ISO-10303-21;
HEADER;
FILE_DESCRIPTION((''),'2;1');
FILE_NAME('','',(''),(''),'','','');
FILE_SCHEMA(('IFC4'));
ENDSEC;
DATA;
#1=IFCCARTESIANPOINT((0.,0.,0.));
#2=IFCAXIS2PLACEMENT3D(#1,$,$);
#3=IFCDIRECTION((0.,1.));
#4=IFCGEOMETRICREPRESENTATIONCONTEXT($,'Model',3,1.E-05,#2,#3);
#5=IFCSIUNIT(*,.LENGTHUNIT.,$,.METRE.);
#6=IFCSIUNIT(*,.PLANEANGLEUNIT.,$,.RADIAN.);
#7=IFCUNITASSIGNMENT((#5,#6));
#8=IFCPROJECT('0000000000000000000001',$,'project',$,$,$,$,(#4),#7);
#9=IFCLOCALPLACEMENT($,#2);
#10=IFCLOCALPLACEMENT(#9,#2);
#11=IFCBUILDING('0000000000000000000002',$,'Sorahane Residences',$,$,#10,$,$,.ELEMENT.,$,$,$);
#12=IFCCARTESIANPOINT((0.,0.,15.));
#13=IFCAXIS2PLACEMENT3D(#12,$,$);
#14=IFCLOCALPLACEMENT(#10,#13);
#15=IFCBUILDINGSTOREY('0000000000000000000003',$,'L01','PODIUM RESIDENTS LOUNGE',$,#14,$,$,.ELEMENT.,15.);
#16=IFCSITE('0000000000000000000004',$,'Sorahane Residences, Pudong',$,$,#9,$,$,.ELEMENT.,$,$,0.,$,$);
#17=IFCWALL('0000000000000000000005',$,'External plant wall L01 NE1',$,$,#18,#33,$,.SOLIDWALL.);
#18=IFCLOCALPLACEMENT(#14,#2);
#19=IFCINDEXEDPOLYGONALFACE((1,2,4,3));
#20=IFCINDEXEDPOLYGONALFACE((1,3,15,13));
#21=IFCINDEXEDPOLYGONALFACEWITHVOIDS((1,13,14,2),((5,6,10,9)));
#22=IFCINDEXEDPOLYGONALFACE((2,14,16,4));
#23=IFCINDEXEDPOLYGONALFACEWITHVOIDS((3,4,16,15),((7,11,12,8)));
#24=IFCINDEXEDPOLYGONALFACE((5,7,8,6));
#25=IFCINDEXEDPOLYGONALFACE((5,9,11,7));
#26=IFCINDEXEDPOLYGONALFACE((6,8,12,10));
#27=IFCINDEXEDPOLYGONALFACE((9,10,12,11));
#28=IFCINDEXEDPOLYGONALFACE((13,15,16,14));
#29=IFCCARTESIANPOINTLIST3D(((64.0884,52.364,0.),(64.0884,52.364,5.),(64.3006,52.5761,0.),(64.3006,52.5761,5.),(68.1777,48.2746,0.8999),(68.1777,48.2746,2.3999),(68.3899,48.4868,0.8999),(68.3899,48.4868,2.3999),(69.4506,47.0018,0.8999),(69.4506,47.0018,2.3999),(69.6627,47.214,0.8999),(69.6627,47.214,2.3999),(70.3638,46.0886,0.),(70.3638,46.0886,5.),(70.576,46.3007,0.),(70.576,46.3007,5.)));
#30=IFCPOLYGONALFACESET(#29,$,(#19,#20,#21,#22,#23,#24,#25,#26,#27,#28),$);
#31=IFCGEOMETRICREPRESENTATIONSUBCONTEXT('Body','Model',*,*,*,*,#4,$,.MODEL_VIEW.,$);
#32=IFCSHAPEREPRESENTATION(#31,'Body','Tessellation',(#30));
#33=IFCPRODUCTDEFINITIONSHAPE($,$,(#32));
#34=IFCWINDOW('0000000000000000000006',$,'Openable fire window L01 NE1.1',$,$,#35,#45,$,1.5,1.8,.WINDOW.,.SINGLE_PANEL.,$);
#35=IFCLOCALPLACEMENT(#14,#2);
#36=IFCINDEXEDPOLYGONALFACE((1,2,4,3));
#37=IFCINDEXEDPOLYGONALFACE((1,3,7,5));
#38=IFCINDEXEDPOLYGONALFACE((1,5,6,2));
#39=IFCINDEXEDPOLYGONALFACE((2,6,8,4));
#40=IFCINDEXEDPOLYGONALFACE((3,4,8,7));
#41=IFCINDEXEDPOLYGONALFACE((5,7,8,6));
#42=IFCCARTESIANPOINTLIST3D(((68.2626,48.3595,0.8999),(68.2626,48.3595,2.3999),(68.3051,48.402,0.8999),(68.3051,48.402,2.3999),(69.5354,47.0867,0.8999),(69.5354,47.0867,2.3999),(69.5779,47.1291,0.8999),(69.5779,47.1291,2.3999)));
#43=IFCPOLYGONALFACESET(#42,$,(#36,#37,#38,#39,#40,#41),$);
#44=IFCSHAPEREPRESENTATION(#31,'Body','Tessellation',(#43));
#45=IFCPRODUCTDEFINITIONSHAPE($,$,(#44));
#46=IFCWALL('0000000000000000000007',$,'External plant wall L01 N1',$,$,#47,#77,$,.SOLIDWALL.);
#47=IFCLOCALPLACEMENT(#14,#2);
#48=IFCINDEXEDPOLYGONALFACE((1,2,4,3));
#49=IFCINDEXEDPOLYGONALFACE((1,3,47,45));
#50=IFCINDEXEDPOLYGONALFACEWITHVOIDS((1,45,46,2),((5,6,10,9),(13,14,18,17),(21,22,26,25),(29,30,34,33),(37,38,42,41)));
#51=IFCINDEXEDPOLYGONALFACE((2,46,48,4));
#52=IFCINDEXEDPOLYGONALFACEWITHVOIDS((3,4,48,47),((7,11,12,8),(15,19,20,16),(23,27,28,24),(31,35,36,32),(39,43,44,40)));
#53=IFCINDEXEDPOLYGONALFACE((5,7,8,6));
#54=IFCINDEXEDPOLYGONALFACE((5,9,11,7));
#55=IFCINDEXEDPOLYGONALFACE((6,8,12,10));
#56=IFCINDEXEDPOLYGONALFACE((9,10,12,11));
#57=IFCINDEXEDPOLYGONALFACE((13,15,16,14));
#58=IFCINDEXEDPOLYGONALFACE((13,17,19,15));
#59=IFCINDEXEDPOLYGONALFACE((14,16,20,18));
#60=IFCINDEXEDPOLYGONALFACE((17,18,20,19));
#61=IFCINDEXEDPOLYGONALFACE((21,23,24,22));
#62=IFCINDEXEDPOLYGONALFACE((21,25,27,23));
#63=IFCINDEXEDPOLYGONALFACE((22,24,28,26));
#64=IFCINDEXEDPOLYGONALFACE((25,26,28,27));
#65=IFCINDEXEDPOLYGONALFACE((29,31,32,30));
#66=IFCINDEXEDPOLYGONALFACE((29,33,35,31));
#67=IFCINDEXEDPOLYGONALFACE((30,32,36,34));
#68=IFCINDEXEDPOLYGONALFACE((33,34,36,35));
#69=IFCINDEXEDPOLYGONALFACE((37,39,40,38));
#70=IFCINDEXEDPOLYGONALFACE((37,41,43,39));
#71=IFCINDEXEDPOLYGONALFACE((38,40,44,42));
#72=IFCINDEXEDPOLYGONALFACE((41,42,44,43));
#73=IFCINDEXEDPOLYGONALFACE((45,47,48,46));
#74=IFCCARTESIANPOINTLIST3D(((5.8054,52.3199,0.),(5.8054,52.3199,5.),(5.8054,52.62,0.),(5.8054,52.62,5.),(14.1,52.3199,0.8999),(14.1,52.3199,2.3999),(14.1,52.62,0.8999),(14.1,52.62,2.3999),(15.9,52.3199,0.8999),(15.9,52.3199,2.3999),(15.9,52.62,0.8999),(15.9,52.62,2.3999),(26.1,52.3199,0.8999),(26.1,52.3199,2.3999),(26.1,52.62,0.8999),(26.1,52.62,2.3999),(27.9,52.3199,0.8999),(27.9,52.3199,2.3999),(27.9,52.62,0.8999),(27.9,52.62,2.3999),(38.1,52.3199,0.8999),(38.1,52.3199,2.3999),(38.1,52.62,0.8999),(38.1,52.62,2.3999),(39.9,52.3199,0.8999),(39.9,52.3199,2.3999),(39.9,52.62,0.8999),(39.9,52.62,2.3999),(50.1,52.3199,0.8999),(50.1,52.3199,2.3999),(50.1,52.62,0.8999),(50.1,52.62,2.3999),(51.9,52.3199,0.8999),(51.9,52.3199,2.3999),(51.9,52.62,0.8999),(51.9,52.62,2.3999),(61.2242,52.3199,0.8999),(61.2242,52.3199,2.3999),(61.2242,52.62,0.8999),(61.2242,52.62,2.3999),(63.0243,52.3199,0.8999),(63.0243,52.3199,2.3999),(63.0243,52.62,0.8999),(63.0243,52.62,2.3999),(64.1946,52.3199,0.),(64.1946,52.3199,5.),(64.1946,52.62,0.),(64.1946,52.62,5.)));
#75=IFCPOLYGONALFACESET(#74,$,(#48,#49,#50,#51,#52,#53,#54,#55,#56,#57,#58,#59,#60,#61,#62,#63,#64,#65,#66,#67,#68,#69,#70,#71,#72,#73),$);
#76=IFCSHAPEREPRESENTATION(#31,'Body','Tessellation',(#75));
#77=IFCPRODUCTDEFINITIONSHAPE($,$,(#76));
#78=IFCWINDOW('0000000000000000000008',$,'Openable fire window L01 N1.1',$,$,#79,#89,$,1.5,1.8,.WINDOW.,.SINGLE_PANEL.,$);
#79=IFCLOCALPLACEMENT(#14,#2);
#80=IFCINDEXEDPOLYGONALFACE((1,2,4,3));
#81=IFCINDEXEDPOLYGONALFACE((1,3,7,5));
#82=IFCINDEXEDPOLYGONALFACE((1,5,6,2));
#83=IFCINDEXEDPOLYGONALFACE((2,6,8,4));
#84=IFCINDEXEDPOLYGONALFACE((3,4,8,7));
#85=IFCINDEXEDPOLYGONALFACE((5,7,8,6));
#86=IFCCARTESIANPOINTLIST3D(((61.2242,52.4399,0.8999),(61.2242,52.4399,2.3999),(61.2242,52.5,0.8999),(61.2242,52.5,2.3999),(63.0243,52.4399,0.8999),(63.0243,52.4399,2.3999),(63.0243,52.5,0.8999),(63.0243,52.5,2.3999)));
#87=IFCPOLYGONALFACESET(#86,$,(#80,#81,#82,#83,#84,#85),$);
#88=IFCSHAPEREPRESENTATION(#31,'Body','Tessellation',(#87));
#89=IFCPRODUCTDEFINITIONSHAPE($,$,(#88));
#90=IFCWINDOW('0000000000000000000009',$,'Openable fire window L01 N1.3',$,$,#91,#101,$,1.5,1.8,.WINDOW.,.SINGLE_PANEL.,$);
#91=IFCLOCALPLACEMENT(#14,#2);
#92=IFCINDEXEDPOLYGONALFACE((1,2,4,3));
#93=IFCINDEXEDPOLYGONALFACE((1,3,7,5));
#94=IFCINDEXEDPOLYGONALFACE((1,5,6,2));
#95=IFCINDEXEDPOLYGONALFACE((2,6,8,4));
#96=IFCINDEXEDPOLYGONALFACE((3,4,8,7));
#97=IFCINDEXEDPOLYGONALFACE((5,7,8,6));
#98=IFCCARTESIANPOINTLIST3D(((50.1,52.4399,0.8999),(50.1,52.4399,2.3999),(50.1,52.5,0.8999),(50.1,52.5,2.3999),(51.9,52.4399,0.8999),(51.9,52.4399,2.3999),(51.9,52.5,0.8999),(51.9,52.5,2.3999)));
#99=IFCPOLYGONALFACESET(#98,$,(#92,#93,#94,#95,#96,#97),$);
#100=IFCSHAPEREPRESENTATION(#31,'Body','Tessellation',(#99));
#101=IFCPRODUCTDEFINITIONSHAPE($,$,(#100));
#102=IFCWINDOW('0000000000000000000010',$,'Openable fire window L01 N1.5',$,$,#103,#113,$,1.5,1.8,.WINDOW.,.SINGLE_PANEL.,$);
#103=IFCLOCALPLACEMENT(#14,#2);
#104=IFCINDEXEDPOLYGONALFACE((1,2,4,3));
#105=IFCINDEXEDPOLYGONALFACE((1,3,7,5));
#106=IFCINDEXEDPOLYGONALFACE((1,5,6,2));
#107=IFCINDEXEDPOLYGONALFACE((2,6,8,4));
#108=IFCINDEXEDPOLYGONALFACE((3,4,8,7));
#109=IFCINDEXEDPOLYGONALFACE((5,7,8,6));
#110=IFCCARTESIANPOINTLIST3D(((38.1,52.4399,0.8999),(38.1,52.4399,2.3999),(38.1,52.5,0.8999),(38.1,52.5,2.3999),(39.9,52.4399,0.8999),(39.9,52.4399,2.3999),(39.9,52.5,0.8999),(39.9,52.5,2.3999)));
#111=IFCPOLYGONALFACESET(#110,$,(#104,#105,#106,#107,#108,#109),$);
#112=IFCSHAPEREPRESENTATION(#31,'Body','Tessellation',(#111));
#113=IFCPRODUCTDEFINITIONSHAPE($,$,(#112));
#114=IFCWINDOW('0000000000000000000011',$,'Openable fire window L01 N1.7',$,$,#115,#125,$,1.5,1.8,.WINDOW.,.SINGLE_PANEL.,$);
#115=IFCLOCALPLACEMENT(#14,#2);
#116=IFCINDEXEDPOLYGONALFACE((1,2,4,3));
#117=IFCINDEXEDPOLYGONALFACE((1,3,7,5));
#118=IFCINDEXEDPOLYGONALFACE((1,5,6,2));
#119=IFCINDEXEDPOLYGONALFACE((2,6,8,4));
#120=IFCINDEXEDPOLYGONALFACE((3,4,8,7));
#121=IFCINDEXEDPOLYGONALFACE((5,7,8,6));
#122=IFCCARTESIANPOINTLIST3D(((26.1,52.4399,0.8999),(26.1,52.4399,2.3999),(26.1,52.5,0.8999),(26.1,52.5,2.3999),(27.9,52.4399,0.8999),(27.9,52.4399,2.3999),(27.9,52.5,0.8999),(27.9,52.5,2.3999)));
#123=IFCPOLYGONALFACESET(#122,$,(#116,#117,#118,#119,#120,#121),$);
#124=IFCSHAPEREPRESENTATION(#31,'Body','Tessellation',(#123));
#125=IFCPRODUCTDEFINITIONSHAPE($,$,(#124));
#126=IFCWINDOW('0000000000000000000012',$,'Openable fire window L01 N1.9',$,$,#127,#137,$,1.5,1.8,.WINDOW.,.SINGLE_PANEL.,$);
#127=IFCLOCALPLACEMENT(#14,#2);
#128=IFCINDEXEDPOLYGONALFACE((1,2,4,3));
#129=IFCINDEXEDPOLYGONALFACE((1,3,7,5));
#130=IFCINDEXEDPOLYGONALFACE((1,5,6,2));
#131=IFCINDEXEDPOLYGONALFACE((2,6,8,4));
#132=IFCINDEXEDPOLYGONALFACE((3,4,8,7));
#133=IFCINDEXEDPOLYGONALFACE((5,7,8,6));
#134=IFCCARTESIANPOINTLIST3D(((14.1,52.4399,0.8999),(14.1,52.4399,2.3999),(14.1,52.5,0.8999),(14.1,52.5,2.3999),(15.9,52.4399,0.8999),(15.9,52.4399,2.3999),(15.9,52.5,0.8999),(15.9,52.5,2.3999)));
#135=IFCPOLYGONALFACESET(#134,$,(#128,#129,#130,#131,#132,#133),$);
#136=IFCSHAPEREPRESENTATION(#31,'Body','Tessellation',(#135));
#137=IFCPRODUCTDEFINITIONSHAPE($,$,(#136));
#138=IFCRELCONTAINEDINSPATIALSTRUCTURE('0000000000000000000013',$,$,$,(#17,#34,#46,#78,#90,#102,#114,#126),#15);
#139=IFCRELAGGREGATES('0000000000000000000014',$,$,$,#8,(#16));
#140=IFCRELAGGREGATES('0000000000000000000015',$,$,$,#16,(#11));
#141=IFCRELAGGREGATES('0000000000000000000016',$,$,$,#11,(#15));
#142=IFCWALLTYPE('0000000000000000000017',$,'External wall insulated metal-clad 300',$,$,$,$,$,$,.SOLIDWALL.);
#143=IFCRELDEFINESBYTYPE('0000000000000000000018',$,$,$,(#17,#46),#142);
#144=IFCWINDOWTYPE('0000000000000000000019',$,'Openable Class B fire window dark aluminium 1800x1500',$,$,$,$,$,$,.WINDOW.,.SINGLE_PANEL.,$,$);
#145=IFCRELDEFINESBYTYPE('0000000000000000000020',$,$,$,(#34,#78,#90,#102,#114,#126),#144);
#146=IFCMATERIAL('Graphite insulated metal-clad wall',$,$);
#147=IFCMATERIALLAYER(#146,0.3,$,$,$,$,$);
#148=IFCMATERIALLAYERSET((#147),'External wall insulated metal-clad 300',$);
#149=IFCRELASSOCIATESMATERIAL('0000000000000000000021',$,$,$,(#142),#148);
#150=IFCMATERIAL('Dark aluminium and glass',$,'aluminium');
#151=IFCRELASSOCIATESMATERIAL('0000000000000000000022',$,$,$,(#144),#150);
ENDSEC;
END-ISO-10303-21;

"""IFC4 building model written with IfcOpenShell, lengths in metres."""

from ifc_helpers import new_model, si_unit, direction, frame, frame_2d, origin, place, context, subcontext, project, spatial, rectangle, extrude, material, layer, layer_set, type_object, element, fill, save


model = new_model("IFC4")

# Units and contexts
model_context = context("Model", 3, precision=1e-05, world=origin(), true_north=direction((0.0, 1.0)))
body_context = subcontext(model_context, "Body", "Model", "MODEL_VIEW")
ifc_project = project(units=[si_unit("LENGTHUNIT", "METRE"), si_unit("PLANEANGLEUNIT", "RADIAN")], contexts=[model_context])

# Site, building, storey
site_placement = place(None, origin())
site = spatial("IfcSite", under=ifc_project, at=site_placement, Name="Sorahane Residences, Pudong", CompositionType="ELEMENT", RefElevation=0.0)
building_placement = place(site_placement, origin())
building = spatial("IfcBuilding", under=site, at=building_placement, Name="Sorahane Residences", CompositionType="ELEMENT")
storey_placement = place(building_placement, frame((0.0, 0.0, 15.0)))
storey = spatial("IfcBuildingStorey", under=building, at=storey_placement, Name="L01", Description="PODIUM RESIDENTS LOUNGE", CompositionType="ELEMENT", Elevation=15.0)

# Wall, opening, window
ifc_material_1 = material(Name="Graphite insulated metal-clad wall")
ifc_layer = layer(ifc_material_1, 0.3)
ifc_layer_set = layer_set([ifc_layer], Name="External wall insulated metal-clad 300")
wall_type = type_object("IfcWallType", Name="External wall insulated metal-clad 300", PredefinedType="SOLIDWALL", material=ifc_layer_set)
wall_1_placement = place(storey_placement, frame((70.47, 46.1946, 0.0), z_axis=(0.0, 0.0, 1.0), x_axis=(-0.707107, 0.707107, 0.0)))
wall_1 = element("IfcWall", 1, at=wall_1_placement, inside=storey, type_object=wall_type, Name="External plant wall L01 NE1", PredefinedType="SOLIDWALL", context=body_context, shape_type="SweptSolid", body=[
    extrude(rectangle(XDim=8.8748, YDim=0.3, at=frame_2d((4.4375, 0.0))), origin(), (0.0, 0.0, 1.0), 5.0),
])
opening_1_placement = place(wall_1_placement, frame((1.2917, 0.0, 0.8999)))
opening_1 = element("IfcOpeningElement", 2, at=opening_1_placement, cuts=wall_1, PredefinedType="OPENING", context=body_context, shape_type="SweptSolid", body=[
    extrude(rectangle(XDim=1.8, YDim=1.5, at=frame_2d((0.8999, 0.75))), frame((0.0, 0.1599, 0.0), z_axis=(0.0, -1.0, 0.0), x_axis=(1.0, 0.0, 0.0)), (0.0, 0.0, 1.0), 0.3201),
])
ifc_material_2 = material(Name="Dark aluminium and glass", Category="aluminium")
window_type = type_object("IfcWindowType", Name="Openable Class B fire window dark aluminium 1800x1500", PartitioningType="SINGLE_PANEL", PredefinedType="WINDOW", material=ifc_material_2)
window_1_placement = place(opening_1_placement, origin())
window_1 = element("IfcWindow", 3, at=window_1_placement, inside=storey, type_object=window_type, Name="Openable fire window L01 NE1.1", OverallHeight=1.5, OverallWidth=1.8, PartitioningType="SINGLE_PANEL", PredefinedType="WINDOW", context=body_context, shape_type="SweptSolid", body=[
    extrude(rectangle(XDim=1.8, YDim=1.5, at=frame_2d((0.8999, 0.75))), frame((0.0, 0.03, 0.0), z_axis=(0.0, -1.0, 0.0), x_axis=(1.0, 0.0, 0.0)), (0.0, 0.0, 1.0), 0.0601),
])
fill(opening_1, window_1)

# Wall, openings, windows
wall_2_placement = place(storey_placement, frame((64.1946, 52.47, 0.0), z_axis=(0.0, 0.0, 1.0), x_axis=(-1.0, 0.0, 0.0)))
wall_2 = element("IfcWall", 4, at=wall_2_placement, inside=storey, type_object=wall_type, Name="External plant wall L01 N1", PredefinedType="SOLIDWALL", context=body_context, shape_type="SweptSolid", body=[
    extrude(rectangle(XDim=58.3892, YDim=0.3, at=frame_2d((29.1946, 0.0))), origin(), (0.0, 0.0, 1.0), 5.0),
])
opening_2_placement = place(wall_2_placement, frame((1.1704, 0.0, 0.8999)))
opening_2 = element("IfcOpeningElement", 5, at=opening_2_placement, cuts=wall_2, PredefinedType="OPENING", context=body_context, shape_type="SweptSolid", body=[
    extrude(rectangle(XDim=1.8, YDim=1.5, at=frame_2d((0.8999, 0.75))), frame((0.0, 0.1599, 0.0), z_axis=(0.0, -1.0, 0.0), x_axis=(1.0, 0.0, 0.0)), (0.0, 0.0, 1.0), 0.3201),
])
opening_3_placement = place(wall_2_placement, frame((12.2947, 0.0, 0.8999)))
opening_3 = element("IfcOpeningElement", 6, at=opening_3_placement, cuts=wall_2, PredefinedType="OPENING", context=body_context, shape_type="SweptSolid", body=[
    extrude(rectangle(XDim=1.8, YDim=1.5, at=frame_2d((0.8999, 0.75))), frame((0.0, 0.1599, 0.0), z_axis=(0.0, -1.0, 0.0), x_axis=(1.0, 0.0, 0.0)), (0.0, 0.0, 1.0), 0.3201),
])
opening_4_placement = place(wall_2_placement, frame((24.2947, 0.0, 0.8999)))
opening_4 = element("IfcOpeningElement", 7, at=opening_4_placement, cuts=wall_2, PredefinedType="OPENING", context=body_context, shape_type="SweptSolid", body=[
    extrude(rectangle(XDim=1.8, YDim=1.5, at=frame_2d((0.8999, 0.75))), frame((0.0, 0.1599, 0.0), z_axis=(0.0, -1.0, 0.0), x_axis=(1.0, 0.0, 0.0)), (0.0, 0.0, 1.0), 0.3201),
])
opening_5_placement = place(wall_2_placement, frame((36.2947, 0.0, 0.8999)))
opening_5 = element("IfcOpeningElement", 8, at=opening_5_placement, cuts=wall_2, PredefinedType="OPENING", context=body_context, shape_type="SweptSolid", body=[
    extrude(rectangle(XDim=1.8, YDim=1.5, at=frame_2d((0.8999, 0.75))), frame((0.0, 0.1599, 0.0), z_axis=(0.0, -1.0, 0.0), x_axis=(1.0, 0.0, 0.0)), (0.0, 0.0, 1.0), 0.3201),
])
opening_6_placement = place(wall_2_placement, frame((48.2947, 0.0, 0.8999)))
opening_6 = element("IfcOpeningElement", 9, at=opening_6_placement, cuts=wall_2, PredefinedType="OPENING", context=body_context, shape_type="SweptSolid", body=[
    extrude(rectangle(XDim=1.8, YDim=1.5, at=frame_2d((0.8999, 0.75))), frame((0.0, 0.1599, 0.0), z_axis=(0.0, -1.0, 0.0), x_axis=(1.0, 0.0, 0.0)), (0.0, 0.0, 1.0), 0.3201),
])
window_2_placement = place(opening_2_placement, origin())
window_2 = element("IfcWindow", 10, at=window_2_placement, inside=storey, type_object=window_type, Name="Openable fire window L01 N1.1", OverallHeight=1.5, OverallWidth=1.8, PartitioningType="SINGLE_PANEL", PredefinedType="WINDOW", context=body_context, shape_type="SweptSolid", body=[
    extrude(rectangle(XDim=1.8, YDim=1.5, at=frame_2d((0.8999, 0.75))), frame((0.0, 0.03, 0.0), z_axis=(0.0, -1.0, 0.0), x_axis=(1.0, 0.0, 0.0)), (0.0, 0.0, 1.0), 0.0601),
])
fill(opening_2, window_2)
window_3_placement = place(opening_3_placement, origin())
window_3 = element("IfcWindow", 11, at=window_3_placement, inside=storey, type_object=window_type, Name="Openable fire window L01 N1.3", OverallHeight=1.5, OverallWidth=1.8, PartitioningType="SINGLE_PANEL", PredefinedType="WINDOW", context=body_context, shape_type="SweptSolid", body=[
    extrude(rectangle(XDim=1.8, YDim=1.5, at=frame_2d((0.8999, 0.75))), frame((0.0, 0.03, 0.0), z_axis=(0.0, -1.0, 0.0), x_axis=(1.0, 0.0, 0.0)), (0.0, 0.0, 1.0), 0.0601),
])
fill(opening_3, window_3)
window_4_placement = place(opening_4_placement, origin())
window_4 = element("IfcWindow", 12, at=window_4_placement, inside=storey, type_object=window_type, Name="Openable fire window L01 N1.5", OverallHeight=1.5, OverallWidth=1.8, PartitioningType="SINGLE_PANEL", PredefinedType="WINDOW", context=body_context, shape_type="SweptSolid", body=[
    extrude(rectangle(XDim=1.8, YDim=1.5, at=frame_2d((0.8999, 0.75))), frame((0.0, 0.03, 0.0), z_axis=(0.0, -1.0, 0.0), x_axis=(1.0, 0.0, 0.0)), (0.0, 0.0, 1.0), 0.0601),
])
fill(opening_4, window_4)
window_5_placement = place(opening_5_placement, origin())
window_5 = element("IfcWindow", 13, at=window_5_placement, inside=storey, type_object=window_type, Name="Openable fire window L01 N1.7", OverallHeight=1.5, OverallWidth=1.8, PartitioningType="SINGLE_PANEL", PredefinedType="WINDOW", context=body_context, shape_type="SweptSolid", body=[
    extrude(rectangle(XDim=1.8, YDim=1.5, at=frame_2d((0.8999, 0.75))), frame((0.0, 0.03, 0.0), z_axis=(0.0, -1.0, 0.0), x_axis=(1.0, 0.0, 0.0)), (0.0, 0.0, 1.0), 0.0601),
])
fill(opening_5, window_5)
window_6_placement = place(opening_6_placement, origin())
window_6 = element("IfcWindow", 14, at=window_6_placement, inside=storey, type_object=window_type, Name="Openable fire window L01 N1.9", OverallHeight=1.5, OverallWidth=1.8, PartitioningType="SINGLE_PANEL", PredefinedType="WINDOW", context=body_context, shape_type="SweptSolid", body=[
    extrude(rectangle(XDim=1.8, YDim=1.5, at=frame_2d((0.8999, 0.75))), frame((0.0, 0.03, 0.0), z_axis=(0.0, -1.0, 0.0), x_axis=(1.0, 0.0, 0.0)), (0.0, 0.0, 1.0), 0.0601),
])
fill(opening_6, window_6)

save(model, "model.ifc")
